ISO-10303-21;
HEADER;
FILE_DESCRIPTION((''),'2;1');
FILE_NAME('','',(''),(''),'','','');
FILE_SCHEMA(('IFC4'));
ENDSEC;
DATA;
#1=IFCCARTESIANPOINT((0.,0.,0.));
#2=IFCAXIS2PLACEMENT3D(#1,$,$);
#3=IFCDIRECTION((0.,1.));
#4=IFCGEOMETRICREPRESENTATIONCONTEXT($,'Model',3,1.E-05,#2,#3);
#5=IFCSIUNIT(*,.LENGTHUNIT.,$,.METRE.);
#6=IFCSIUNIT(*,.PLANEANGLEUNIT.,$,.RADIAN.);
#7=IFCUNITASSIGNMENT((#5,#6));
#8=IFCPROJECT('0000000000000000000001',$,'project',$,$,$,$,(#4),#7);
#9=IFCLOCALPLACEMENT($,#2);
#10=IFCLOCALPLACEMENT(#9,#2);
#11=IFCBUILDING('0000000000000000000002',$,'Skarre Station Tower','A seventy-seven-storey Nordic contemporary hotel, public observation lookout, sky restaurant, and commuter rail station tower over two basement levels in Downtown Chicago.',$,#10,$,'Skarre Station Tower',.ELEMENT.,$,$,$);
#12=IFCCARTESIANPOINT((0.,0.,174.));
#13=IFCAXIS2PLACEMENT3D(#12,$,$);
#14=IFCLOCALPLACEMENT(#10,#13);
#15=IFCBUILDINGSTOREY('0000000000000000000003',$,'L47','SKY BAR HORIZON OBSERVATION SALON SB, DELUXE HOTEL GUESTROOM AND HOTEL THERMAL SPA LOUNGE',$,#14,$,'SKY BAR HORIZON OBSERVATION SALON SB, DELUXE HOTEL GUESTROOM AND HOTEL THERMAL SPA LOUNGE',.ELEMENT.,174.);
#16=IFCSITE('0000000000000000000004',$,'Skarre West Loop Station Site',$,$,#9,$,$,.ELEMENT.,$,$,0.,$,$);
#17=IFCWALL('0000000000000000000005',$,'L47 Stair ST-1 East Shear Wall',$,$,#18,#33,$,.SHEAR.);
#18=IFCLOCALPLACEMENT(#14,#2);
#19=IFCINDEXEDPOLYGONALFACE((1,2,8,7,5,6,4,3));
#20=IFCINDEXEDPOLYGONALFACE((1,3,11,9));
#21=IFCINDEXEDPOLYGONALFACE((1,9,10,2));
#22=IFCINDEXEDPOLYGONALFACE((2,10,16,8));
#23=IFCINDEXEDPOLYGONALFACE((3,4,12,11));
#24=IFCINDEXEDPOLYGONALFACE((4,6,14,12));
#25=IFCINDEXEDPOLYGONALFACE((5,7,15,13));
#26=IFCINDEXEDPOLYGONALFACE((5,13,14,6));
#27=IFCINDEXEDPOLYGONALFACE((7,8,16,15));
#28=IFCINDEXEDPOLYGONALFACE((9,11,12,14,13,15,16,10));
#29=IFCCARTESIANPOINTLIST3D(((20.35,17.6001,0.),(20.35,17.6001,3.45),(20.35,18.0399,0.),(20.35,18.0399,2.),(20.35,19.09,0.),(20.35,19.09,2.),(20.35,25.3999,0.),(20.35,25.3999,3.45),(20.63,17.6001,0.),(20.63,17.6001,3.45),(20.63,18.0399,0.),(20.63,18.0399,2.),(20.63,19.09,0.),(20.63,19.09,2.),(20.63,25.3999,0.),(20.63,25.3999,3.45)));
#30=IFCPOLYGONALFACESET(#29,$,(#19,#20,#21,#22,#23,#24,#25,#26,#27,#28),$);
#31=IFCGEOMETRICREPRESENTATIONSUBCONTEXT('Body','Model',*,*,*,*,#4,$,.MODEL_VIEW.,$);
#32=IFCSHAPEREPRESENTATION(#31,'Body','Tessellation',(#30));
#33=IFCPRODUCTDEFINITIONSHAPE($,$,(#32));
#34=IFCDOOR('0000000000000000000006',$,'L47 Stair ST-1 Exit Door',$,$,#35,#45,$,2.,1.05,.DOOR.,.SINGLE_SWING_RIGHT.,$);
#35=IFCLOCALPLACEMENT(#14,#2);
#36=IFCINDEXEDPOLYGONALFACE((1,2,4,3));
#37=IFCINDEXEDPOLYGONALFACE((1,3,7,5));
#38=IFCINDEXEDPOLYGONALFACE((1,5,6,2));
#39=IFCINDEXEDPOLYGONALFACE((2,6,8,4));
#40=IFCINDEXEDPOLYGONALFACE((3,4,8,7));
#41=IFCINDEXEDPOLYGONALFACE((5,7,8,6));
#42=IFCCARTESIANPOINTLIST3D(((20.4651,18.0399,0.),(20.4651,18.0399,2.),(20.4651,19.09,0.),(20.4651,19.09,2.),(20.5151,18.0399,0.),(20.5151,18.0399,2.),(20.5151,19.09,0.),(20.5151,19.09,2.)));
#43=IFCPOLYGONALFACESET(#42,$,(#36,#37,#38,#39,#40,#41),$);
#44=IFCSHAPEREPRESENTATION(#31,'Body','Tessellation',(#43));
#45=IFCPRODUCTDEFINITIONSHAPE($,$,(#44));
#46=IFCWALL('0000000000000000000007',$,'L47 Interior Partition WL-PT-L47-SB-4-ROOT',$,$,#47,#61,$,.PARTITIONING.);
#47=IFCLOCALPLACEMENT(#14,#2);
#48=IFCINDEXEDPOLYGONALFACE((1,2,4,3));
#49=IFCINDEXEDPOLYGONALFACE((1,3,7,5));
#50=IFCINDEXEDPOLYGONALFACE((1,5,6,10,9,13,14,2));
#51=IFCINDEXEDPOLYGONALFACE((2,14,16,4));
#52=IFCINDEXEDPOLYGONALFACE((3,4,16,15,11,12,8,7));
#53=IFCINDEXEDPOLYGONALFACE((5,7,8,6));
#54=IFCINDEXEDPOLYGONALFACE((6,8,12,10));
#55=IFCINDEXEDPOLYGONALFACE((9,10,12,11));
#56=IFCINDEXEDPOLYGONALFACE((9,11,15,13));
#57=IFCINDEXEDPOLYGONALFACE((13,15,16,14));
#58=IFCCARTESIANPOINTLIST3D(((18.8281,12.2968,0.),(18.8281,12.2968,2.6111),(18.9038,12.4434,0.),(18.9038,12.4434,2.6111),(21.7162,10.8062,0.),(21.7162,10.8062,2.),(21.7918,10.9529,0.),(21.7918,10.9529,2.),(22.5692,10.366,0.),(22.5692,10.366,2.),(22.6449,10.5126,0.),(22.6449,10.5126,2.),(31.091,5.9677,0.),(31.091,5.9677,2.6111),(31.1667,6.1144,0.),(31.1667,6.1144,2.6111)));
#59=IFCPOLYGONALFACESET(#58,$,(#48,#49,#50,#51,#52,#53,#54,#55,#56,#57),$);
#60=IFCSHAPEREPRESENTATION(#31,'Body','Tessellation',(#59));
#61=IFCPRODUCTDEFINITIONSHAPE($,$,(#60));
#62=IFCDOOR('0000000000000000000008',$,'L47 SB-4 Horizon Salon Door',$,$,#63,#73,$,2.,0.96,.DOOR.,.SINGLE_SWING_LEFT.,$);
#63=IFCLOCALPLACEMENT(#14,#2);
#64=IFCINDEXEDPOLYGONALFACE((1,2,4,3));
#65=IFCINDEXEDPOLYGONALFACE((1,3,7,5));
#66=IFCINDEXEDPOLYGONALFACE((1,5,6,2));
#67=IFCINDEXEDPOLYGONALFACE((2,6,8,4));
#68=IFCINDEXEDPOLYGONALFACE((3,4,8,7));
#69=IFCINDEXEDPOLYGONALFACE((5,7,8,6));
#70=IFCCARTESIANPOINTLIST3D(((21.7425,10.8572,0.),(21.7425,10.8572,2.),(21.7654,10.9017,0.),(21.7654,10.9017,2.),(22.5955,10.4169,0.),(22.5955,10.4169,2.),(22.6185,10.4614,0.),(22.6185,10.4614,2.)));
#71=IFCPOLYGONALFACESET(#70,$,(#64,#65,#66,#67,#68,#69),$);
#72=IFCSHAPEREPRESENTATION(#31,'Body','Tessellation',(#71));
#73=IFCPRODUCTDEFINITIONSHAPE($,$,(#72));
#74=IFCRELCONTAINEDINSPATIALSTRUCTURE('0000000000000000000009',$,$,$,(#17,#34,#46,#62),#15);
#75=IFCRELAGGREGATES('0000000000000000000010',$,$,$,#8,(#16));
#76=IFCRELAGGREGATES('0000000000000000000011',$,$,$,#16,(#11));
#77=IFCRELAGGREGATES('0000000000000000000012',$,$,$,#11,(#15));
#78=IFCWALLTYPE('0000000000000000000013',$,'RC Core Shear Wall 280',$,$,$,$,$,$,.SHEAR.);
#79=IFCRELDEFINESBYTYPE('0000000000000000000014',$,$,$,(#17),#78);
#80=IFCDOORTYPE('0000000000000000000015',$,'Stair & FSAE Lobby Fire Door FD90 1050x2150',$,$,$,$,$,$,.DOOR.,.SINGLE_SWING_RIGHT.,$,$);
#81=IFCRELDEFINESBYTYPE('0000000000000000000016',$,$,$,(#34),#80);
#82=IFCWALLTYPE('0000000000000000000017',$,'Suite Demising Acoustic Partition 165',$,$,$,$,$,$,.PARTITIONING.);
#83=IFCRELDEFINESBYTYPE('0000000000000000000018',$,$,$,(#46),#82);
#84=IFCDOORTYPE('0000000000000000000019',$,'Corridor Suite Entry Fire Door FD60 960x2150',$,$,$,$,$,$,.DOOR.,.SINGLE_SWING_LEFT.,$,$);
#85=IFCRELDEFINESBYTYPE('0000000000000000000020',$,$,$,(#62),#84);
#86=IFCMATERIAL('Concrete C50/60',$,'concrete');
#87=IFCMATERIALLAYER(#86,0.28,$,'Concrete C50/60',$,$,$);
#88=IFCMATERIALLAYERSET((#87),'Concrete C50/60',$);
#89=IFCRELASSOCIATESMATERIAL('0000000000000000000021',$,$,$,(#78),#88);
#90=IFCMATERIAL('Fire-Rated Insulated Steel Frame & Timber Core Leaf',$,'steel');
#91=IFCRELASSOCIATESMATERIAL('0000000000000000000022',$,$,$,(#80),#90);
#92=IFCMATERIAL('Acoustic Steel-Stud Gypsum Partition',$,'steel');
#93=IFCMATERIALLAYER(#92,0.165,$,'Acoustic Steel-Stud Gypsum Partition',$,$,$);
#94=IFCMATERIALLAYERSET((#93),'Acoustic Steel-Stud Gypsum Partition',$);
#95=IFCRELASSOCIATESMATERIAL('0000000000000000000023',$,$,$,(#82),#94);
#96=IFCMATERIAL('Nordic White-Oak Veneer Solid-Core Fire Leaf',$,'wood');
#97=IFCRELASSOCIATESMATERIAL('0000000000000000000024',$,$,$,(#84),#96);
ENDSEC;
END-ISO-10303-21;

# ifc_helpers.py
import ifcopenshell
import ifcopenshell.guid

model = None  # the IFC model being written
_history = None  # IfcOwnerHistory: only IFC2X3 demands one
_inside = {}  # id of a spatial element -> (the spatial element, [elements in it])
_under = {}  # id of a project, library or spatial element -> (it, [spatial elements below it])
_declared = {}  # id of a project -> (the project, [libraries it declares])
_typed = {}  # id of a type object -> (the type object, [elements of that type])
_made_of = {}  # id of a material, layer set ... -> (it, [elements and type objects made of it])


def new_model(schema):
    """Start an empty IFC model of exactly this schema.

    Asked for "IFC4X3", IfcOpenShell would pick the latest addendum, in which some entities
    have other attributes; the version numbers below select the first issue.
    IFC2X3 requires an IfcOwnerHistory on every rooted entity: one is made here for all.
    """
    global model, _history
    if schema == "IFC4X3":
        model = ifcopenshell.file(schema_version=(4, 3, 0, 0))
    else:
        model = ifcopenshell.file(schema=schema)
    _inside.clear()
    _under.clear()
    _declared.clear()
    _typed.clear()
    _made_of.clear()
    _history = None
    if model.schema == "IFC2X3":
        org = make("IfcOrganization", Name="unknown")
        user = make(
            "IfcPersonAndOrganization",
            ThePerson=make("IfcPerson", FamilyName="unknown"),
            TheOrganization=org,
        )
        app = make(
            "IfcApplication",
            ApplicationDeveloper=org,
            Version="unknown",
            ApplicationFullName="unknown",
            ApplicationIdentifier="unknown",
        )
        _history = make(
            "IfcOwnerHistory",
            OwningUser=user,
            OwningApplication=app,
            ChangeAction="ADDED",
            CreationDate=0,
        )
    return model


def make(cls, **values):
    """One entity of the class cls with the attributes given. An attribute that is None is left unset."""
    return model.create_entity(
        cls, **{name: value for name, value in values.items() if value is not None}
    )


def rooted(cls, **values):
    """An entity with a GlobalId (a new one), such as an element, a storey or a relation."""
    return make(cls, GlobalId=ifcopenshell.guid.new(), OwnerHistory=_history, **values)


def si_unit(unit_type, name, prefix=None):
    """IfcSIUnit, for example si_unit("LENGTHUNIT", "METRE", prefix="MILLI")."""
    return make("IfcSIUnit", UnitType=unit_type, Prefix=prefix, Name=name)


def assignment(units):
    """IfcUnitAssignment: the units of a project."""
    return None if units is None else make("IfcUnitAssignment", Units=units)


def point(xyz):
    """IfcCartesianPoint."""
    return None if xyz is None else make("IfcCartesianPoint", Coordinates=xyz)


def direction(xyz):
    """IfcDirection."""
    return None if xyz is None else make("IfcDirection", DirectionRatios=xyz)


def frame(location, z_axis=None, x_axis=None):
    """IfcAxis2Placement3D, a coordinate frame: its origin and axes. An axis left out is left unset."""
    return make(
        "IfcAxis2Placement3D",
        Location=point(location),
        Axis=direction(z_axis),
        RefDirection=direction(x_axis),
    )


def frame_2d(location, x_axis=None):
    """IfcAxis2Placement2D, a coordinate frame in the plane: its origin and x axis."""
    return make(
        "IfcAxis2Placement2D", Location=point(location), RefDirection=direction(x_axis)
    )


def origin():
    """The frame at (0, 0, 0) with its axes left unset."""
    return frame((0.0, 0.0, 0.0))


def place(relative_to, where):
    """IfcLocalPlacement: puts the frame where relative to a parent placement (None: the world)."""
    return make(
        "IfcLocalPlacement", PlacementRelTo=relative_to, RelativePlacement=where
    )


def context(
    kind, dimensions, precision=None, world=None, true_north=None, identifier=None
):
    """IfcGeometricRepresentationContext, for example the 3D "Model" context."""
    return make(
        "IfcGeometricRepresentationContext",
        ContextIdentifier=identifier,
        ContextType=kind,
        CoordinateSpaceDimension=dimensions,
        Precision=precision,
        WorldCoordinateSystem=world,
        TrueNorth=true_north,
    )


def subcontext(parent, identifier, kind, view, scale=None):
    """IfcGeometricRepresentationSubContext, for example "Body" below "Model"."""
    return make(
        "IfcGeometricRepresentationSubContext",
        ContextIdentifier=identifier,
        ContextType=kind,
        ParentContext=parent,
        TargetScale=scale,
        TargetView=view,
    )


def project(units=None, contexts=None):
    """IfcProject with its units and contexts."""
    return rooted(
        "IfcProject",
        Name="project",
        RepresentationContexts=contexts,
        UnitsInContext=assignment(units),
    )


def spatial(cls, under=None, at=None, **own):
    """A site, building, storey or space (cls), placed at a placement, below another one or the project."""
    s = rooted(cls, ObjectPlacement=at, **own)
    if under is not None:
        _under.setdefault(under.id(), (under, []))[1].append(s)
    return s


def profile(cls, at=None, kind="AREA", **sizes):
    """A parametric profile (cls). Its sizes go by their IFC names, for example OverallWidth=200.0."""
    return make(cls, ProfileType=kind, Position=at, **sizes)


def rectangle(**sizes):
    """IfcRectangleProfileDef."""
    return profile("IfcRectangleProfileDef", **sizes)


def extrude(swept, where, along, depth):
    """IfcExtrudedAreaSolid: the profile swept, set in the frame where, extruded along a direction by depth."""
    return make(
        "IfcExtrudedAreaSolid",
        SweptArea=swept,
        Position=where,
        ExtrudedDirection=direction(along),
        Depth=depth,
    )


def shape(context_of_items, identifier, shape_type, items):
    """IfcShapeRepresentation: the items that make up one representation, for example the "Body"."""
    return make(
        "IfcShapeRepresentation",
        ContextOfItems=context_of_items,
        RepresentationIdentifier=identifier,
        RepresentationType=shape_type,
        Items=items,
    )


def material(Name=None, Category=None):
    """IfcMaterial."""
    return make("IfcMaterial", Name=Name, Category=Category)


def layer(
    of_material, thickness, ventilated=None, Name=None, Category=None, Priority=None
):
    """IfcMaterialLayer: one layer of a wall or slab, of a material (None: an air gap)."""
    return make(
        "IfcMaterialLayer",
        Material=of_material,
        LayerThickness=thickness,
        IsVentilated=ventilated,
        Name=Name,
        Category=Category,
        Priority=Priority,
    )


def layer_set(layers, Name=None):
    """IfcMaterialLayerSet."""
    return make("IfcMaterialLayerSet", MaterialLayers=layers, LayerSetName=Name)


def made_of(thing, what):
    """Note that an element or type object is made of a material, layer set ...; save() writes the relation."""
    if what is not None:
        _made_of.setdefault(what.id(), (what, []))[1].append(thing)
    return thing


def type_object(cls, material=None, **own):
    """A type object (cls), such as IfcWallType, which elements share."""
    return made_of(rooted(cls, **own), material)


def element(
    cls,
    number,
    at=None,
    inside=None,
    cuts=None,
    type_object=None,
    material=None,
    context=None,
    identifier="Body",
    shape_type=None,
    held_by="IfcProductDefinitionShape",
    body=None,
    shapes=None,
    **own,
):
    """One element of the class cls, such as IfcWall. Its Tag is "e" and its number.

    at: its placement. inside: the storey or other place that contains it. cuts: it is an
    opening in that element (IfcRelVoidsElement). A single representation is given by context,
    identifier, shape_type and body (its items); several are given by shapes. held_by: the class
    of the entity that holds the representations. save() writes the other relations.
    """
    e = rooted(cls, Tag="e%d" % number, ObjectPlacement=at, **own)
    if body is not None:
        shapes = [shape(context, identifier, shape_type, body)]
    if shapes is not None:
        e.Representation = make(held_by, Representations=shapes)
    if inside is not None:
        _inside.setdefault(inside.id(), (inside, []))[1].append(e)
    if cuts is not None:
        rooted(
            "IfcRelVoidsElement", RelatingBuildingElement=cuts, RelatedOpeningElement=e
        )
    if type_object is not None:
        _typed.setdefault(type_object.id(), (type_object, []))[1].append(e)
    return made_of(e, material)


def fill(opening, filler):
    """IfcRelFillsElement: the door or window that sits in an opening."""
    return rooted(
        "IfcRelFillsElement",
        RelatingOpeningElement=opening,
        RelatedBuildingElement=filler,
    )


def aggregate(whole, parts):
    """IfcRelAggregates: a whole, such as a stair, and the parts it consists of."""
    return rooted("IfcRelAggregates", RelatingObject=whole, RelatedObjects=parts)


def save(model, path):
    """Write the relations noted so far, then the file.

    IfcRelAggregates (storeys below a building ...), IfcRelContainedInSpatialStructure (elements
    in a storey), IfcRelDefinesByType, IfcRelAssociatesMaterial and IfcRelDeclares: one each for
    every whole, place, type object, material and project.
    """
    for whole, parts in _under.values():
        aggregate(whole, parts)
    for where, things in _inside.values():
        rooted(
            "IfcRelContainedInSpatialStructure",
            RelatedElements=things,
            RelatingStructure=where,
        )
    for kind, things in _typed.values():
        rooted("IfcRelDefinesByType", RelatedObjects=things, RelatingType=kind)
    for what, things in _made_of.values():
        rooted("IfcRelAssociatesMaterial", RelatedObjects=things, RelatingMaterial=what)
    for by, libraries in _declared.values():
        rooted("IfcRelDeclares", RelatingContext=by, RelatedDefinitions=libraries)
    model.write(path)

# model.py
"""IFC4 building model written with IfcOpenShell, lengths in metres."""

from ifc_helpers import new_model, si_unit, direction, frame, frame_2d, origin, place, context, subcontext, project, spatial, rectangle, extrude, material, layer, layer_set, type_object, element, fill, save


model = new_model("IFC4")

# Units and contexts
model_context = context("Model", 3, precision=1e-05, world=origin(), true_north=direction((0.0, 1.0)))
body_context = subcontext(model_context, "Body", "Model", "MODEL_VIEW")
ifc_project = project(units=[si_unit("LENGTHUNIT", "METRE"), si_unit("PLANEANGLEUNIT", "RADIAN")], contexts=[model_context])

# Site, building, storey
site_placement = place(None, origin())
site = spatial("IfcSite", under=ifc_project, at=site_placement, Name="Skarre West Loop Station Site", CompositionType="ELEMENT", RefElevation=0.0)
building_placement = place(site_placement, origin())
building = spatial("IfcBuilding", under=site, at=building_placement, Name="Skarre Station Tower", Description="A seventy-seven-storey Nordic contemporary hotel, public observation lookout, sky restaurant, and commuter rail station tower over two basement levels in Downtown Chicago.", LongName="Skarre Station Tower", CompositionType="ELEMENT")
storey_placement = place(building_placement, frame((0.0, 0.0, 174.0)))
storey = spatial("IfcBuildingStorey", under=building, at=storey_placement, Name="L47", Description="SKY BAR HORIZON OBSERVATION SALON SB, DELUXE HOTEL GUESTROOM AND HOTEL THERMAL SPA LOUNGE", LongName="SKY BAR HORIZON OBSERVATION SALON SB, DELUXE HOTEL GUESTROOM AND HOTEL THERMAL SPA LOUNGE", CompositionType="ELEMENT", Elevation=174.0)

# Shared definitions
ifc_material_1 = material(Name="Concrete C50/60", Category="concrete")

# Shared definitions
ifc_material_2 = material(Name="Acoustic Steel-Stud Gypsum Partition", Category="steel")

# Shared definitions
ifc_layer_1 = layer(ifc_material_1, 0.28, Name="Concrete C50/60")
ifc_layer_set_1 = layer_set([ifc_layer_1], Name="Concrete C50/60")
wall_type_1 = type_object("IfcWallType", Name="RC Core Shear Wall 280", PredefinedType="SHEAR", material=ifc_layer_set_1)

# Walls, openings, doors
wall_1_placement = place(storey_placement, frame((20.49, 17.6001, 0.0), z_axis=(0.0, 0.0, 1.0), x_axis=(0.0, 1.0, 0.0)))
wall_1 = element("IfcWall", 1, at=wall_1_placement, inside=storey, type_object=wall_type_1, Name="L47 Stair ST-1 East Shear Wall", PredefinedType="SHEAR", context=body_context, shape_type="SweptSolid", body=[
    extrude(rectangle(XDim=7.7998, YDim=0.28, at=frame_2d((3.8999, 0.0))), origin(), (0.0, 0.0, 1.0), 3.45),
])
opening_1_placement = place(wall_1_placement, frame((0.4399, 0.0, 0.0)))
opening_1 = element("IfcOpeningElement", 2, at=opening_1_placement, cuts=wall_1, PredefinedType="OPENING", context=body_context, shape_type="SweptSolid", body=[
    extrude(rectangle(XDim=1.05, YDim=2.0, at=frame_2d((0.5249, 1.0))), frame((0.0, 0.1499, 0.0), z_axis=(0.0, -1.0, 0.0), x_axis=(1.0, 0.0, 0.0)), (0.0, 0.0, 1.0), 0.3),
])
ifc_material_3 = material(Name="Fire-Rated Insulated Steel Frame & Timber Core Leaf", Category="steel")
door_type_1 = type_object("IfcDoorType", Name="Stair & FSAE Lobby Fire Door FD90 1050x2150", OperationType="SINGLE_SWING_RIGHT", PredefinedType="DOOR", material=ifc_material_3)
door_1_placement = place(opening_1_placement, origin())
door_1 = element("IfcDoor", 3, at=door_1_placement, inside=storey, type_object=door_type_1, Name="L47 Stair ST-1 Exit Door", OperationType="SINGLE_SWING_RIGHT", OverallHeight=2.0, OverallWidth=1.05, PredefinedType="DOOR", context=body_context, shape_type="SweptSolid", body=[
    extrude(rectangle(XDim=1.05, YDim=2.0, at=frame_2d((0.5249, 1.0))), frame((0.0, 0.0249, 0.0), z_axis=(0.0, -1.0, 0.0), x_axis=(1.0, 0.0, 0.0)), (0.0, 0.0, 1.0), 0.05),
])
fill(opening_1, door_1)
ifc_layer_2 = layer(ifc_material_2, 0.165, Name="Acoustic Steel-Stud Gypsum Partition")
ifc_layer_set_2 = layer_set([ifc_layer_2], Name="Acoustic Steel-Stud Gypsum Partition")
wall_type_2 = type_object("IfcWallType", Name="Suite Demising Acoustic Partition 165", PredefinedType="PARTITIONING", material=ifc_layer_set_2)
wall_2_placement = place(storey_placement, frame((18.866, 12.3701, 0.0), z_axis=(0.0, 0.0, 1.0), x_axis=(0.888625, -0.458634, 0.0)))
wall_2 = element("IfcWall", 4, at=wall_2_placement, inside=storey, type_object=wall_type_2, Name="L47 Interior Partition WL-PT-L47-SB-4-ROOT", PredefinedType="PARTITIONING", context=body_context, shape_type="SweptSolid", body=[
    extrude(rectangle(XDim=13.7998, YDim=0.165, at=frame_2d((6.8999, 0.0))), origin(), (0.0, 0.0, 1.0), 2.6111),
])
opening_2_placement = place(wall_2_placement, frame((3.25, 0.0, 0.0)))
opening_2 = element("IfcOpeningElement", 5, at=opening_2_placement, cuts=wall_2, PredefinedType="OPENING", context=body_context, shape_type="SweptSolid", body=[
    extrude(rectangle(XDim=0.96, YDim=2.0, at=frame_2d((0.48, 1.0))), frame((0.0, 0.0925, 0.0), z_axis=(0.0, -1.0, 0.0), x_axis=(1.0, 0.0, 0.0)), (0.0, 0.0, 1.0), 0.1851),
])
ifc_material_4 = material(Name="Nordic White-Oak Veneer Solid-Core Fire Leaf", Category="wood")
door_type_2 = type_object("IfcDoorType", Name="Corridor Suite Entry Fire Door FD60 960x2150", OperationType="SINGLE_SWING_LEFT", PredefinedType="DOOR", material=ifc_material_4)
door_2_placement = place(opening_2_placement, origin())
door_2 = element("IfcDoor", 6, at=door_2_placement, inside=storey, type_object=door_type_2, Name="L47 SB-4 Horizon Salon Door", OperationType="SINGLE_SWING_LEFT", OverallHeight=2.0, OverallWidth=0.96, PredefinedType="DOOR", context=body_context, shape_type="SweptSolid", body=[
    extrude(rectangle(XDim=0.96, YDim=2.0, at=frame_2d((0.48, 1.0))), frame((0.0, 0.0249, 0.0), z_axis=(0.0, -1.0, 0.0), x_axis=(1.0, 0.0, 0.0)), (0.0, 0.0, 1.0), 0.05),
])
fill(opening_2, door_2)

save(model, "model.ifc")
